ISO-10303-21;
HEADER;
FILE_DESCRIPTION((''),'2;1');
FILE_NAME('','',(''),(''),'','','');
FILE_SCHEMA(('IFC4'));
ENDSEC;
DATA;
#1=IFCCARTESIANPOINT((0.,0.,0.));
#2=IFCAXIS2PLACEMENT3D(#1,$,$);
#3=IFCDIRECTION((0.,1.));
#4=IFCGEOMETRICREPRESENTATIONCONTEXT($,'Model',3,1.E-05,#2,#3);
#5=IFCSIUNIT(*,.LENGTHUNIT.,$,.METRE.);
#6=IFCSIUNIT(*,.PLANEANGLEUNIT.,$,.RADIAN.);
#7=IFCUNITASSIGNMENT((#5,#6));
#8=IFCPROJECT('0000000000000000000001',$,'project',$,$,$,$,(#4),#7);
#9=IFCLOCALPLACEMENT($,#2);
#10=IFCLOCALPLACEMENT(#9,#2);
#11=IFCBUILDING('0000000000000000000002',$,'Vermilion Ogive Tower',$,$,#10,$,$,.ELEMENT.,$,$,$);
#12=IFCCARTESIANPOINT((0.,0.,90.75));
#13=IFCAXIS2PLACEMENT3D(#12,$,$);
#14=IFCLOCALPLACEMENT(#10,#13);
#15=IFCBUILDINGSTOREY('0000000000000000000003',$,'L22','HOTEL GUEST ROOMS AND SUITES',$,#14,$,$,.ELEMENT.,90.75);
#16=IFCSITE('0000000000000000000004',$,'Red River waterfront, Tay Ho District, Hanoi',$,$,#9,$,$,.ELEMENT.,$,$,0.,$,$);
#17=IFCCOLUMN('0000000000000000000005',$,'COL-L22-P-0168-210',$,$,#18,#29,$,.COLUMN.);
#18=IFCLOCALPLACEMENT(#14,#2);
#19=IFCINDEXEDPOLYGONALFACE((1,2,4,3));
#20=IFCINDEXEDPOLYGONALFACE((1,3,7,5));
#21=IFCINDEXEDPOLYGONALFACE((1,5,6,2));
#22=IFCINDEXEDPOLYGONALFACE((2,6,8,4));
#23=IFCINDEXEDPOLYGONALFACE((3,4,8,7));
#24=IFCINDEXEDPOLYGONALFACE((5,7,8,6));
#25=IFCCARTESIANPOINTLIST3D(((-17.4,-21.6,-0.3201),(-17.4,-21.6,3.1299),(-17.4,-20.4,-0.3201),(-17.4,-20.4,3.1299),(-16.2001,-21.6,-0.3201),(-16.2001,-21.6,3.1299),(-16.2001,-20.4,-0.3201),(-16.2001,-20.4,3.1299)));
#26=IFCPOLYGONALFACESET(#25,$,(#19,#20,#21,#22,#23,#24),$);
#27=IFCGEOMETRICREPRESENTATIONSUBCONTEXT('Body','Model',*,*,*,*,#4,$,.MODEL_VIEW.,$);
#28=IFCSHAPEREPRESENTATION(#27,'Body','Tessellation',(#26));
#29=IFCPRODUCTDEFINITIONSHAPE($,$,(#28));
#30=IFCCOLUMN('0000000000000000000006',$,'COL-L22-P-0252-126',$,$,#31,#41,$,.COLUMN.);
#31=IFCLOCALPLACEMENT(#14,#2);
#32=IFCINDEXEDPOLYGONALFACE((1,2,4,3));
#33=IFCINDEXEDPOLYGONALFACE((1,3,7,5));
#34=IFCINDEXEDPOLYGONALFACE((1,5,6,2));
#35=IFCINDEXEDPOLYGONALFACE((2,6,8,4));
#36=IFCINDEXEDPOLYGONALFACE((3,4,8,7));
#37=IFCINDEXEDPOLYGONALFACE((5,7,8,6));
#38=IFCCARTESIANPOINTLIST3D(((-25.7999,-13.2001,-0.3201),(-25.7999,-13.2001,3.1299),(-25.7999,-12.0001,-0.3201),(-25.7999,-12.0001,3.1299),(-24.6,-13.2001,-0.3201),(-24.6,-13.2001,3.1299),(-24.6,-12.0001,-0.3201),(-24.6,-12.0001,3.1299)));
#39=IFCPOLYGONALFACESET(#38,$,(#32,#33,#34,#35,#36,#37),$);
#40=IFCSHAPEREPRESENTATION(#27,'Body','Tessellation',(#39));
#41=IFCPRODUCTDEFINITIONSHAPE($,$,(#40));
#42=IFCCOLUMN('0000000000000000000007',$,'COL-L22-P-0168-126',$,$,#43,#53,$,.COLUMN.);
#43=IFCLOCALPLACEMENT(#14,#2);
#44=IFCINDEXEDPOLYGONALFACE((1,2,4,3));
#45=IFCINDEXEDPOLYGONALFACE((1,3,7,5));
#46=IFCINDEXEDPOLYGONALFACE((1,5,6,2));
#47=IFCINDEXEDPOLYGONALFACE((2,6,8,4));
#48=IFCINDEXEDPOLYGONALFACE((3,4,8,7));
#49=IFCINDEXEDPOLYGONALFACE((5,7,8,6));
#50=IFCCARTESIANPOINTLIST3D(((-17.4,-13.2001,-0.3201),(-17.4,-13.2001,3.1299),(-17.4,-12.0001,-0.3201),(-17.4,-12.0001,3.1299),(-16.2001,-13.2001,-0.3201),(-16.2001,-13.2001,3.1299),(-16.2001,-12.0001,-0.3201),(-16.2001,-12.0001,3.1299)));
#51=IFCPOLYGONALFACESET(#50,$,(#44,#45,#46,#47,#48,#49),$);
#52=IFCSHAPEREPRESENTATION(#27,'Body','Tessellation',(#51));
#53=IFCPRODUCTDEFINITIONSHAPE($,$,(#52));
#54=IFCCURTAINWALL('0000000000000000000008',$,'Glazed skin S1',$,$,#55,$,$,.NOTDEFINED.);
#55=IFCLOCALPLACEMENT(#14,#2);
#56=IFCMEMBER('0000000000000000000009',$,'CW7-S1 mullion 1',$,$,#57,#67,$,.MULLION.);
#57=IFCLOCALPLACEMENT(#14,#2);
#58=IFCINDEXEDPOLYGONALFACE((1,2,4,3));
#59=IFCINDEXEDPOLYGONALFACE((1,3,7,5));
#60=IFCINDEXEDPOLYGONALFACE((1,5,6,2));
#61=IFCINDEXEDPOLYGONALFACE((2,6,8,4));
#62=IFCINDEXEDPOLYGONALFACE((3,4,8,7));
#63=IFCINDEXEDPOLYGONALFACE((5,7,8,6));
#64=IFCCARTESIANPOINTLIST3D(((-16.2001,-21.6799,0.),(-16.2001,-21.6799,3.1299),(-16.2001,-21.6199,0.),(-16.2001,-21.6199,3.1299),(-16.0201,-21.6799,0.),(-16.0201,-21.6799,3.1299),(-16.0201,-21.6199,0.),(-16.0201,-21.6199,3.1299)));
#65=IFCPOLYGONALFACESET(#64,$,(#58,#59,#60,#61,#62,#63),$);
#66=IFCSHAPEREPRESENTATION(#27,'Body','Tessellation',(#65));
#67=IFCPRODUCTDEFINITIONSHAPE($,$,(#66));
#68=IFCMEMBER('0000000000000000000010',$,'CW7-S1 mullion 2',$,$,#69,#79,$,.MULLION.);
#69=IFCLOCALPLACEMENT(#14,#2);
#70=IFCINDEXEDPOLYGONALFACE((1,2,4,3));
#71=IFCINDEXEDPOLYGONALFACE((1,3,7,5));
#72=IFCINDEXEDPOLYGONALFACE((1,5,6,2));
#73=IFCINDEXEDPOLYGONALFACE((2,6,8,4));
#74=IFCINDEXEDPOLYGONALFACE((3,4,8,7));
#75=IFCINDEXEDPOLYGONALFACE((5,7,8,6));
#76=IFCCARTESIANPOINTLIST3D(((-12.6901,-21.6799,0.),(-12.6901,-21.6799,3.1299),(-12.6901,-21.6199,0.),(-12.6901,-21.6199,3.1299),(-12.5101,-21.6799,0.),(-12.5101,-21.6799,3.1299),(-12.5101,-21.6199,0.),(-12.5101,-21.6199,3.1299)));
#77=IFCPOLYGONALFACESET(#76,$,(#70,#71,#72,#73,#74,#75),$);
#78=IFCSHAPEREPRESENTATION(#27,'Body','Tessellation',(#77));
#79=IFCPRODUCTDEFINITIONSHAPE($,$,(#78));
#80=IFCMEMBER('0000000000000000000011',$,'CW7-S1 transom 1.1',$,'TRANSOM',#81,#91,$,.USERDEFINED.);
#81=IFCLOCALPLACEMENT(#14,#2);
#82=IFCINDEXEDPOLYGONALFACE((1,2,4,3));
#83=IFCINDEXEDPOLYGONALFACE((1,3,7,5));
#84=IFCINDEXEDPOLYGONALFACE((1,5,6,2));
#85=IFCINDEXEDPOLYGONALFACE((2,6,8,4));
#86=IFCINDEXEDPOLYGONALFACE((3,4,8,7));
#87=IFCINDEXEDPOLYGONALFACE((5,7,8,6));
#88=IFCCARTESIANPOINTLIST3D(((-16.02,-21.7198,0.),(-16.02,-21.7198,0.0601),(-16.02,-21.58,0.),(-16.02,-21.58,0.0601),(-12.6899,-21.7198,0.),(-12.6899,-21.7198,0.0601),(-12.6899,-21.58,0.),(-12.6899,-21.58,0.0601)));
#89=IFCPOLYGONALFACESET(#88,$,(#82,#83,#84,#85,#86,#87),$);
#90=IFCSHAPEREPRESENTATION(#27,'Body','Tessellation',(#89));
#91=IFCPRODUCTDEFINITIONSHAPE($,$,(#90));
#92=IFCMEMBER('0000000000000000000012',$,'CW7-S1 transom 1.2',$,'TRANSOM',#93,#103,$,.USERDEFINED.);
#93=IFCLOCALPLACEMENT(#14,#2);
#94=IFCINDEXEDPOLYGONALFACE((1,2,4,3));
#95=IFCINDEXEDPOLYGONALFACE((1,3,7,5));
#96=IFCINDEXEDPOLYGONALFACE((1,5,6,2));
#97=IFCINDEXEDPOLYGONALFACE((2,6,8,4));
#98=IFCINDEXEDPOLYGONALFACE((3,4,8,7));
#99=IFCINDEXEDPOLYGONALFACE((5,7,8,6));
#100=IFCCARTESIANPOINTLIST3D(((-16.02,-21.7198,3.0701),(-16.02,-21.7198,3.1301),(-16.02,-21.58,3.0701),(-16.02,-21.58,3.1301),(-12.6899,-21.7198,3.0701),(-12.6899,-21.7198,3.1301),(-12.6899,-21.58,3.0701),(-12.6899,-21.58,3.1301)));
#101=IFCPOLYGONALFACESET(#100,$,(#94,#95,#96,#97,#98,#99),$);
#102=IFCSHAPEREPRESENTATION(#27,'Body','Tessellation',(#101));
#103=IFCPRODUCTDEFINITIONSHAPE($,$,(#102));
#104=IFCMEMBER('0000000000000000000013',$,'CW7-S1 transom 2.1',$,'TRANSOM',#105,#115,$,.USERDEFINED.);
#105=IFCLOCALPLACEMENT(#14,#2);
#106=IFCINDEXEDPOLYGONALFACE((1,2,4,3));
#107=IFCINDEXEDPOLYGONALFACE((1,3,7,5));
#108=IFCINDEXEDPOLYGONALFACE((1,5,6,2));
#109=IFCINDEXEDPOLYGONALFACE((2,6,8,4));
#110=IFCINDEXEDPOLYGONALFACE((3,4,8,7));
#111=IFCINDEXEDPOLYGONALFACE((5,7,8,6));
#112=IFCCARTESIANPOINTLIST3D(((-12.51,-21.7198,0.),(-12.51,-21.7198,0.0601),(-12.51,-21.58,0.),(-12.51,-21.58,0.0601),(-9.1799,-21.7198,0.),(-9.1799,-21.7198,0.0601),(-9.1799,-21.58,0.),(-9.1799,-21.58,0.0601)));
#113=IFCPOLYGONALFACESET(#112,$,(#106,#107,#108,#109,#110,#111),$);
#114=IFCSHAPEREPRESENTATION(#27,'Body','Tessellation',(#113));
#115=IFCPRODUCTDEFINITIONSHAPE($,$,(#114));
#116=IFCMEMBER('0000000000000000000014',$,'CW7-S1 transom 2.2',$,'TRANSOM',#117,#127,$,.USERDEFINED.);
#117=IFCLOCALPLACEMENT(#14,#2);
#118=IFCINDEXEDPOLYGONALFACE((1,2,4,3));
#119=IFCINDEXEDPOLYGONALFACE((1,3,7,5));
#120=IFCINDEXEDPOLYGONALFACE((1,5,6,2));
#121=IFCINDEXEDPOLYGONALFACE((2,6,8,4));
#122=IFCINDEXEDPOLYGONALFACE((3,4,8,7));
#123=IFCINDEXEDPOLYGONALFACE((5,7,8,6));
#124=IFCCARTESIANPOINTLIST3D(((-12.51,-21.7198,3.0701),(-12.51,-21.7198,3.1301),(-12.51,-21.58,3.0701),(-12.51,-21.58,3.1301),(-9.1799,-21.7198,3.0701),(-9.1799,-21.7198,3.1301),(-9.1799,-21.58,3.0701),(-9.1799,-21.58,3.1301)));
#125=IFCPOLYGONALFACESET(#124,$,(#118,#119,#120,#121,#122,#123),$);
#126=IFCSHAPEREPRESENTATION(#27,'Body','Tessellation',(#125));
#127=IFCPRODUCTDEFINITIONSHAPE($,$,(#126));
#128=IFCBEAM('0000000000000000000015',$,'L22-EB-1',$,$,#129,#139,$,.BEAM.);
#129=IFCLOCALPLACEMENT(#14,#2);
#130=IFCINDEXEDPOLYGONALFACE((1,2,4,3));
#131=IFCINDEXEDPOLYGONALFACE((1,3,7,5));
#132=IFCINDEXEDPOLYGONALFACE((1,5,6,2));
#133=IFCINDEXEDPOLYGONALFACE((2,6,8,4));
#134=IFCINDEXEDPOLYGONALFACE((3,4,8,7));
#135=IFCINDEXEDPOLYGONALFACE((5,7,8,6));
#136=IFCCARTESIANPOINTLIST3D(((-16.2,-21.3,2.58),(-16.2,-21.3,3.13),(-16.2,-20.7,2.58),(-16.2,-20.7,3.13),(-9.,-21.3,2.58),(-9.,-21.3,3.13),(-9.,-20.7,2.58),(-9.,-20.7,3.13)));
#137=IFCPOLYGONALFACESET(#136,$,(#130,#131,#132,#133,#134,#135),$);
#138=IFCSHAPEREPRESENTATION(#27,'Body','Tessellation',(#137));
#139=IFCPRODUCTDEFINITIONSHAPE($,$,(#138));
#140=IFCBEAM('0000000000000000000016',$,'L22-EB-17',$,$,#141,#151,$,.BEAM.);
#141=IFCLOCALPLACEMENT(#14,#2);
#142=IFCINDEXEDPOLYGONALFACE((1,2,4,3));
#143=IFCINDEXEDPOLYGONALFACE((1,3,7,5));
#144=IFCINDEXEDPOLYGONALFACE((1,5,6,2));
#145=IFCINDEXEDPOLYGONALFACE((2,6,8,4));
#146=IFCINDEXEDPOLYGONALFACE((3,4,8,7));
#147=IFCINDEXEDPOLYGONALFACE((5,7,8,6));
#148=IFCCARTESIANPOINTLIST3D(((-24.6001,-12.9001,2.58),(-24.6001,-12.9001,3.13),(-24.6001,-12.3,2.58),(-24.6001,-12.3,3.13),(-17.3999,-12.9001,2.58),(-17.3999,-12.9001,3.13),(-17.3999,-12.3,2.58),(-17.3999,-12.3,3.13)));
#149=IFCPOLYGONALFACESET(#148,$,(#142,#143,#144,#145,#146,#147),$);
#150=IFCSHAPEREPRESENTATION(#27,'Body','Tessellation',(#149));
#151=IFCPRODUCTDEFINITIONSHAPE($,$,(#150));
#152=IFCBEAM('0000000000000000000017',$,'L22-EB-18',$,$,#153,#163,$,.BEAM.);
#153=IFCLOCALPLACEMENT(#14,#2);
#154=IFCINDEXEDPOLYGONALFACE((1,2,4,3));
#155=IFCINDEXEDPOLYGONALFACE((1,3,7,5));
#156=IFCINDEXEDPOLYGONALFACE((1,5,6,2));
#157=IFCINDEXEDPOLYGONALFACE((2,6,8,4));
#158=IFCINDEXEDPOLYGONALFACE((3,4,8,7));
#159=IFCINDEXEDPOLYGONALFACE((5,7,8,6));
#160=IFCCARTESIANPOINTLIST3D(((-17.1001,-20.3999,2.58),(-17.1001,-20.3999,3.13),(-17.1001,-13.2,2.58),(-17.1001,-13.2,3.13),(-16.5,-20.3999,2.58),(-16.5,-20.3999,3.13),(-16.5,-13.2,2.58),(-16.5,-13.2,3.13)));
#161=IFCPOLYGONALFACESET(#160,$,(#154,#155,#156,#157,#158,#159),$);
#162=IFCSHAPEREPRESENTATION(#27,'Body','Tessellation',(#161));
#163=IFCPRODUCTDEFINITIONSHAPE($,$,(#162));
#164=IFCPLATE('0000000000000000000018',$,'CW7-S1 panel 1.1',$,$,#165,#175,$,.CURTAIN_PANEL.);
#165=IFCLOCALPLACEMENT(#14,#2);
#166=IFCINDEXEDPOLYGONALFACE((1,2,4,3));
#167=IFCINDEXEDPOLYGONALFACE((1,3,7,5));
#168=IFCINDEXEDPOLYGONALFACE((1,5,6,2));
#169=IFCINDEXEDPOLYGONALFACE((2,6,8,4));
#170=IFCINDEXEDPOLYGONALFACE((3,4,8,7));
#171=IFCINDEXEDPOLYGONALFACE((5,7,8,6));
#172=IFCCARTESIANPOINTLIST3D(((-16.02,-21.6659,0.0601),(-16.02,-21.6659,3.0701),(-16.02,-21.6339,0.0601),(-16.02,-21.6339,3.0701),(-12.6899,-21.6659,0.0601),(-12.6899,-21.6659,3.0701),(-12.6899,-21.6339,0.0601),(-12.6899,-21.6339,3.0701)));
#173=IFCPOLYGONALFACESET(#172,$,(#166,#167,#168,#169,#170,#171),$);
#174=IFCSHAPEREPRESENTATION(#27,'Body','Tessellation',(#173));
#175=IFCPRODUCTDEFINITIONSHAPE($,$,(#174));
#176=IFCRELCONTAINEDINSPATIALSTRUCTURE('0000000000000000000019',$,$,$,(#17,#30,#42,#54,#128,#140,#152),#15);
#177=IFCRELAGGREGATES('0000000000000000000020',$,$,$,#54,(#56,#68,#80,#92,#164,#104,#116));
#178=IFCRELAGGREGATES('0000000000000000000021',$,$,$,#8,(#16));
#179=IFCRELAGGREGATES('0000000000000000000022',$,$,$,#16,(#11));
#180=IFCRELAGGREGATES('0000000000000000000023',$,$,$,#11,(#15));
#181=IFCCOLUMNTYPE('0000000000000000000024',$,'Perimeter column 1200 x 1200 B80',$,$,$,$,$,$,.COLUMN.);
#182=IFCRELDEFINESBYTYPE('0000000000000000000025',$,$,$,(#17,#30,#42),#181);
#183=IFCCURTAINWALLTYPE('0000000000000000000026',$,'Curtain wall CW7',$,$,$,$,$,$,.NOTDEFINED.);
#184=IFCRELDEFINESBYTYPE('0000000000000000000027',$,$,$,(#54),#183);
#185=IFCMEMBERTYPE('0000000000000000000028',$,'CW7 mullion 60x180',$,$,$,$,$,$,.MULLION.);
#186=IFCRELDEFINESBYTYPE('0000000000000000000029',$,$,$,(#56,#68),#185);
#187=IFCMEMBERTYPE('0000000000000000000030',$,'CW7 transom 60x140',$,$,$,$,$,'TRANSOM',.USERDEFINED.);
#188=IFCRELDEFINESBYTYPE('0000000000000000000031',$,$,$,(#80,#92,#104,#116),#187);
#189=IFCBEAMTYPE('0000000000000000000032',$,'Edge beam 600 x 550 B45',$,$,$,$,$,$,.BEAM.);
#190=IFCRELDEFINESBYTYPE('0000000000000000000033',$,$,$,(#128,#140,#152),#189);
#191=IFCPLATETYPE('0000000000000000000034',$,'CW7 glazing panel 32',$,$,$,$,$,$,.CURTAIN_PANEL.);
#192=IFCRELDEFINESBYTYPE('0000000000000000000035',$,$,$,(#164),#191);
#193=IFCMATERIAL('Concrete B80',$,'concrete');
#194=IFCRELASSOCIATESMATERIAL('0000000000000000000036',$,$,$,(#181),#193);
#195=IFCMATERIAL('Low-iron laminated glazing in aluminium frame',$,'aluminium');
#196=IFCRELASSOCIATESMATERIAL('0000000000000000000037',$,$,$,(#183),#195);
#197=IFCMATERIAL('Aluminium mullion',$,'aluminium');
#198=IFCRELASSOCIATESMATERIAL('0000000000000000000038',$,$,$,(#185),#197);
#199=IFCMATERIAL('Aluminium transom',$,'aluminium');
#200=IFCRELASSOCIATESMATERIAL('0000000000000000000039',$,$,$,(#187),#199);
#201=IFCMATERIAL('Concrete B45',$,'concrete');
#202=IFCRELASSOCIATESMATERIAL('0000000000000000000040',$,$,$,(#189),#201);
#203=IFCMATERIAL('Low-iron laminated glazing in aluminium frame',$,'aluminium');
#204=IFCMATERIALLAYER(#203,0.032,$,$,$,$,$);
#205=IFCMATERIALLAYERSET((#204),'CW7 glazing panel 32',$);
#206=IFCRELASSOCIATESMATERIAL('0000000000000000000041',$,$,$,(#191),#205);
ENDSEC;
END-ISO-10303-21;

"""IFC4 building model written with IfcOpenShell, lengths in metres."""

from ifc_helpers import new_model, si_unit, direction, frame, origin, origin_2d, place, context, subcontext, project, spatial, rectangle, extrude, material, layer, layer_set, material_profile, profile_set, type_object, element, aggregate, save


model = new_model("IFC4")

# Units and contexts
model_context = context("Model", 3, precision=1e-05, world=origin(), true_north=direction((0.0, 1.0)))
body_context = subcontext(model_context, "Body", "Model", "MODEL_VIEW")
ifc_project = project(units=[si_unit("LENGTHUNIT", "METRE"), si_unit("PLANEANGLEUNIT", "RADIAN")], contexts=[model_context])

# Site, building, storey
site_placement = place(None, origin())
site = spatial("IfcSite", under=ifc_project, at=site_placement, Name="Red River waterfront, Tay Ho District, Hanoi", CompositionType="ELEMENT", RefElevation=0.0)
building_placement = place(site_placement, origin())
building = spatial("IfcBuilding", under=site, at=building_placement, Name="Vermilion Ogive Tower", CompositionType="ELEMENT")
storey_placement = place(building_placement, frame((0.0, 0.0, 90.75)))
storey = spatial("IfcBuildingStorey", under=building, at=storey_placement, Name="L22", Description="HOTEL GUEST ROOMS AND SUITES", CompositionType="ELEMENT", Elevation=90.75)

# Columns
ifc_material_1 = material(Name="Concrete B80", Category="concrete")
ifc_material_profile_1 = material_profile(ifc_material_1, rectangle(XDim=1.2, YDim=1.2, at=origin_2d()), Name="1200 x 1200")
ifc_profile_set_1 = profile_set([ifc_material_profile_1], Name="Concrete B80")
column_type = type_object("IfcColumnType", Name="Perimeter column 1200 x 1200 B80", PredefinedType="COLUMN", material=ifc_profile_set_1)
for number, where, z_axis, x_axis, name in (
    (1, (-16.8, -21.0, -0.3201), (0.0, 0.0, 1.0), (1.0, 0.0, 0.0), "COL-L22-P-0168-210"),
    (2, (-25.2, -12.6001, -0.3201), (0.0, 0.0, 1.0), (1.0, 0.0, 0.0), "COL-L22-P-0252-126"),
    (3, (-16.8, -12.6001, -0.3201), (0.0, 0.0, 1.0), (1.0, 0.0, 0.0), "COL-L22-P-0168-126"),
):
    element("IfcColumn", number, at=place(storey_placement, frame(where, z_axis=z_axis, x_axis=x_axis)), inside=storey, type_object=column_type, Name=name, PredefinedType="COLUMN", context=body_context, shape_type="SweptSolid", body=[
        extrude(rectangle(XDim=1.2, YDim=1.2, at=origin_2d()), origin(), (0.0, 0.0, 1.0), 3.45),
    ])

# Curtain wall, members
ifc_material_2 = material(Name="Low-iron laminated glazing in aluminium frame", Category="aluminium")
curtain_wall_type = type_object("IfcCurtainWallType", Name="Curtain wall CW7", PredefinedType="NOTDEFINED", material=ifc_material_2)
curtain_wall_placement = place(storey_placement, origin())
curtain_wall = element("IfcCurtainWall", 4, at=curtain_wall_placement, inside=storey, type_object=curtain_wall_type, Name="Glazed skin S1", PredefinedType="NOTDEFINED")
ifc_material_3 = material(Name="Aluminium mullion", Category="aluminium")
ifc_material_profile_2 = material_profile(ifc_material_3, rectangle(XDim=0.0601, YDim=0.1799, at=origin_2d()), Name="AL 60x180")
ifc_profile_set_2 = profile_set([ifc_material_profile_2], Name="Aluminium mullion")
member_type_1 = type_object("IfcMemberType", Name="CW7 mullion 60x180", PredefinedType="MULLION", material=ifc_profile_set_2)
member_1_placement = place(storey_placement, frame((-16.1101, -21.6499, 0.0), z_axis=(0.0, 0.0, 1.0), x_axis=(0.0, 1.0, 0.0)))
member_1 = element("IfcMember", 5, at=member_1_placement, type_object=member_type_1, Name="CW7-S1 mullion 1", PredefinedType="MULLION", context=body_context, shape_type="SweptSolid", body=[
    extrude(rectangle(XDim=0.0601, YDim=0.1799, at=origin_2d()), origin(), (0.0, 0.0, 1.0), 3.1299),
])
member_2_placement = place(storey_placement, frame((-12.6001, -21.6499, 0.0), z_axis=(0.0, 0.0, 1.0), x_axis=(0.0, 1.0, 0.0)))
member_2 = element("IfcMember", 6, at=member_2_placement, type_object=member_type_1, Name="CW7-S1 mullion 2", PredefinedType="MULLION", context=body_context, shape_type="SweptSolid", body=[
    extrude(rectangle(XDim=0.0601, YDim=0.1799, at=origin_2d()), origin(), (0.0, 0.0, 1.0), 3.1299),
])
ifc_material_4 = material(Name="Aluminium transom", Category="aluminium")
ifc_material_profile_3 = material_profile(ifc_material_4, rectangle(XDim=0.1399, YDim=0.0601, at=origin_2d()), Name="AL 60x140")
ifc_profile_set_3 = profile_set([ifc_material_profile_3], Name="Aluminium transom")
member_type_2 = type_object("IfcMemberType", Name="CW7 transom 60x140", ElementType="TRANSOM", PredefinedType="USERDEFINED", material=ifc_profile_set_3)
member_3_placement = place(storey_placement, frame((-16.02, -21.6499, 0.03), z_axis=(1.0, 0.0, 0.0), x_axis=(0.0, 1.0, 0.0)))
member_3 = element("IfcMember", 7, at=member_3_placement, type_object=member_type_2, Name="CW7-S1 transom 1.1", ObjectType="TRANSOM", PredefinedType="USERDEFINED", context=body_context, shape_type="SweptSolid", body=[
    extrude(rectangle(XDim=0.1399, YDim=0.0601, at=origin_2d()), origin(), (0.0, 0.0, 1.0), 3.3301),
])
member_4_placement = place(storey_placement, frame((-16.02, -21.6499, 3.1001), z_axis=(1.0, 0.0, 0.0), x_axis=(0.0, 1.0, 0.0)))
member_4 = element("IfcMember", 8, at=member_4_placement, type_object=member_type_2, Name="CW7-S1 transom 1.2", ObjectType="TRANSOM", PredefinedType="USERDEFINED", context=body_context, shape_type="SweptSolid", body=[
    extrude(rectangle(XDim=0.1399, YDim=0.0601, at=origin_2d()), origin(), (0.0, 0.0, 1.0), 3.3301),
])
member_5_placement = place(storey_placement, frame((-12.51, -21.6499, 0.03), z_axis=(1.0, 0.0, 0.0), x_axis=(0.0, 1.0, 0.0)))
member_5 = element("IfcMember", 9, at=member_5_placement, type_object=member_type_2, Name="CW7-S1 transom 2.1", ObjectType="TRANSOM", PredefinedType="USERDEFINED", context=body_context, shape_type="SweptSolid", body=[
    extrude(rectangle(XDim=0.1399, YDim=0.0601, at=origin_2d()), origin(), (0.0, 0.0, 1.0), 3.3301),
])
member_6_placement = place(storey_placement, frame((-12.51, -21.6499, 3.1001), z_axis=(1.0, 0.0, 0.0), x_axis=(0.0, 1.0, 0.0)))
member_6 = element("IfcMember", 10, at=member_6_placement, type_object=member_type_2, Name="CW7-S1 transom 2.2", ObjectType="TRANSOM", PredefinedType="USERDEFINED", context=body_context, shape_type="SweptSolid", body=[
    extrude(rectangle(XDim=0.1399, YDim=0.0601, at=origin_2d()), origin(), (0.0, 0.0, 1.0), 3.3301),
])

# Beams
ifc_material_5 = material(Name="Concrete B45", Category="concrete")
ifc_material_profile_4 = material_profile(ifc_material_5, rectangle(XDim=0.6001, YDim=0.55, at=origin_2d()), Name="600 x 550")
ifc_profile_set_4 = profile_set([ifc_material_profile_4], Name="Concrete B45")
beam_type = type_object("IfcBeamType", Name="Edge beam 600 x 550 B45", PredefinedType="BEAM", material=ifc_profile_set_4)
beam_1_placement = place(storey_placement, frame((-16.2, -21.0, 2.855), z_axis=(1.0, 0.0, 0.0), x_axis=(0.0, 1.0, 0.0)))
element("IfcBeam", 11, at=beam_1_placement, inside=storey, type_object=beam_type, Name="L22-EB-1", PredefinedType="BEAM", context=body_context, shape_type="SweptSolid", body=[
    extrude(rectangle(XDim=0.6001, YDim=0.55, at=origin_2d()), origin(), (0.0, 0.0, 1.0), 7.2),
])
beam_2_placement = place(storey_placement, frame((-24.6001, -12.6001, 2.855), z_axis=(1.0, 0.0, 0.0), x_axis=(0.0, 1.0, 0.0)))
element("IfcBeam", 12, at=beam_2_placement, inside=storey, type_object=beam_type, Name="L22-EB-17", PredefinedType="BEAM", context=body_context, shape_type="SweptSolid", body=[
    extrude(rectangle(XDim=0.6001, YDim=0.55, at=origin_2d()), origin(), (0.0, 0.0, 1.0), 7.2002),
])
beam_3_placement = place(storey_placement, frame((-16.8, -13.2, 2.855), z_axis=(0.0, -1.0, 0.0), x_axis=(1.0, 0.0, 0.0)))
element("IfcBeam", 13, at=beam_3_placement, inside=storey, type_object=beam_type, Name="L22-EB-18", PredefinedType="BEAM", context=body_context, shape_type="SweptSolid", body=[
    extrude(rectangle(XDim=0.6001, YDim=0.55, at=origin_2d()), origin(), (0.0, 0.0, 1.0), 7.2),
])

# Plate
ifc_material_6 = material(Name="Low-iron laminated glazing in aluminium frame", Category="aluminium")
ifc_layer_1 = layer(ifc_material_6, 0.032)
ifc_layer_set_1 = layer_set([ifc_layer_1], Name="CW7 glazing panel 32")
plate_type = type_object("IfcPlateType", Name="CW7 glazing panel 32", PredefinedType="CURTAIN_PANEL", material=ifc_layer_set_1)
plate_placement = place(storey_placement, frame((-14.355, -21.6499, 0.0601), z_axis=(0.0, 0.0, 1.0), x_axis=(1.0, 0.0, 0.0)))
plate = element("IfcPlate", 14, at=plate_placement, type_object=plate_type, Name="CW7-S1 panel 1.1", PredefinedType="CURTAIN_PANEL", context=body_context, shape_type="SweptSolid", body=[
    extrude(rectangle(XDim=3.3301, YDim=0.032, at=origin_2d()), origin(), (0.0, 0.0, 1.0), 3.01),
])
aggregate(curtain_wall, [member_1, member_2, member_3, member_4, plate, member_5, member_6])

save(model, "model.ifc")
